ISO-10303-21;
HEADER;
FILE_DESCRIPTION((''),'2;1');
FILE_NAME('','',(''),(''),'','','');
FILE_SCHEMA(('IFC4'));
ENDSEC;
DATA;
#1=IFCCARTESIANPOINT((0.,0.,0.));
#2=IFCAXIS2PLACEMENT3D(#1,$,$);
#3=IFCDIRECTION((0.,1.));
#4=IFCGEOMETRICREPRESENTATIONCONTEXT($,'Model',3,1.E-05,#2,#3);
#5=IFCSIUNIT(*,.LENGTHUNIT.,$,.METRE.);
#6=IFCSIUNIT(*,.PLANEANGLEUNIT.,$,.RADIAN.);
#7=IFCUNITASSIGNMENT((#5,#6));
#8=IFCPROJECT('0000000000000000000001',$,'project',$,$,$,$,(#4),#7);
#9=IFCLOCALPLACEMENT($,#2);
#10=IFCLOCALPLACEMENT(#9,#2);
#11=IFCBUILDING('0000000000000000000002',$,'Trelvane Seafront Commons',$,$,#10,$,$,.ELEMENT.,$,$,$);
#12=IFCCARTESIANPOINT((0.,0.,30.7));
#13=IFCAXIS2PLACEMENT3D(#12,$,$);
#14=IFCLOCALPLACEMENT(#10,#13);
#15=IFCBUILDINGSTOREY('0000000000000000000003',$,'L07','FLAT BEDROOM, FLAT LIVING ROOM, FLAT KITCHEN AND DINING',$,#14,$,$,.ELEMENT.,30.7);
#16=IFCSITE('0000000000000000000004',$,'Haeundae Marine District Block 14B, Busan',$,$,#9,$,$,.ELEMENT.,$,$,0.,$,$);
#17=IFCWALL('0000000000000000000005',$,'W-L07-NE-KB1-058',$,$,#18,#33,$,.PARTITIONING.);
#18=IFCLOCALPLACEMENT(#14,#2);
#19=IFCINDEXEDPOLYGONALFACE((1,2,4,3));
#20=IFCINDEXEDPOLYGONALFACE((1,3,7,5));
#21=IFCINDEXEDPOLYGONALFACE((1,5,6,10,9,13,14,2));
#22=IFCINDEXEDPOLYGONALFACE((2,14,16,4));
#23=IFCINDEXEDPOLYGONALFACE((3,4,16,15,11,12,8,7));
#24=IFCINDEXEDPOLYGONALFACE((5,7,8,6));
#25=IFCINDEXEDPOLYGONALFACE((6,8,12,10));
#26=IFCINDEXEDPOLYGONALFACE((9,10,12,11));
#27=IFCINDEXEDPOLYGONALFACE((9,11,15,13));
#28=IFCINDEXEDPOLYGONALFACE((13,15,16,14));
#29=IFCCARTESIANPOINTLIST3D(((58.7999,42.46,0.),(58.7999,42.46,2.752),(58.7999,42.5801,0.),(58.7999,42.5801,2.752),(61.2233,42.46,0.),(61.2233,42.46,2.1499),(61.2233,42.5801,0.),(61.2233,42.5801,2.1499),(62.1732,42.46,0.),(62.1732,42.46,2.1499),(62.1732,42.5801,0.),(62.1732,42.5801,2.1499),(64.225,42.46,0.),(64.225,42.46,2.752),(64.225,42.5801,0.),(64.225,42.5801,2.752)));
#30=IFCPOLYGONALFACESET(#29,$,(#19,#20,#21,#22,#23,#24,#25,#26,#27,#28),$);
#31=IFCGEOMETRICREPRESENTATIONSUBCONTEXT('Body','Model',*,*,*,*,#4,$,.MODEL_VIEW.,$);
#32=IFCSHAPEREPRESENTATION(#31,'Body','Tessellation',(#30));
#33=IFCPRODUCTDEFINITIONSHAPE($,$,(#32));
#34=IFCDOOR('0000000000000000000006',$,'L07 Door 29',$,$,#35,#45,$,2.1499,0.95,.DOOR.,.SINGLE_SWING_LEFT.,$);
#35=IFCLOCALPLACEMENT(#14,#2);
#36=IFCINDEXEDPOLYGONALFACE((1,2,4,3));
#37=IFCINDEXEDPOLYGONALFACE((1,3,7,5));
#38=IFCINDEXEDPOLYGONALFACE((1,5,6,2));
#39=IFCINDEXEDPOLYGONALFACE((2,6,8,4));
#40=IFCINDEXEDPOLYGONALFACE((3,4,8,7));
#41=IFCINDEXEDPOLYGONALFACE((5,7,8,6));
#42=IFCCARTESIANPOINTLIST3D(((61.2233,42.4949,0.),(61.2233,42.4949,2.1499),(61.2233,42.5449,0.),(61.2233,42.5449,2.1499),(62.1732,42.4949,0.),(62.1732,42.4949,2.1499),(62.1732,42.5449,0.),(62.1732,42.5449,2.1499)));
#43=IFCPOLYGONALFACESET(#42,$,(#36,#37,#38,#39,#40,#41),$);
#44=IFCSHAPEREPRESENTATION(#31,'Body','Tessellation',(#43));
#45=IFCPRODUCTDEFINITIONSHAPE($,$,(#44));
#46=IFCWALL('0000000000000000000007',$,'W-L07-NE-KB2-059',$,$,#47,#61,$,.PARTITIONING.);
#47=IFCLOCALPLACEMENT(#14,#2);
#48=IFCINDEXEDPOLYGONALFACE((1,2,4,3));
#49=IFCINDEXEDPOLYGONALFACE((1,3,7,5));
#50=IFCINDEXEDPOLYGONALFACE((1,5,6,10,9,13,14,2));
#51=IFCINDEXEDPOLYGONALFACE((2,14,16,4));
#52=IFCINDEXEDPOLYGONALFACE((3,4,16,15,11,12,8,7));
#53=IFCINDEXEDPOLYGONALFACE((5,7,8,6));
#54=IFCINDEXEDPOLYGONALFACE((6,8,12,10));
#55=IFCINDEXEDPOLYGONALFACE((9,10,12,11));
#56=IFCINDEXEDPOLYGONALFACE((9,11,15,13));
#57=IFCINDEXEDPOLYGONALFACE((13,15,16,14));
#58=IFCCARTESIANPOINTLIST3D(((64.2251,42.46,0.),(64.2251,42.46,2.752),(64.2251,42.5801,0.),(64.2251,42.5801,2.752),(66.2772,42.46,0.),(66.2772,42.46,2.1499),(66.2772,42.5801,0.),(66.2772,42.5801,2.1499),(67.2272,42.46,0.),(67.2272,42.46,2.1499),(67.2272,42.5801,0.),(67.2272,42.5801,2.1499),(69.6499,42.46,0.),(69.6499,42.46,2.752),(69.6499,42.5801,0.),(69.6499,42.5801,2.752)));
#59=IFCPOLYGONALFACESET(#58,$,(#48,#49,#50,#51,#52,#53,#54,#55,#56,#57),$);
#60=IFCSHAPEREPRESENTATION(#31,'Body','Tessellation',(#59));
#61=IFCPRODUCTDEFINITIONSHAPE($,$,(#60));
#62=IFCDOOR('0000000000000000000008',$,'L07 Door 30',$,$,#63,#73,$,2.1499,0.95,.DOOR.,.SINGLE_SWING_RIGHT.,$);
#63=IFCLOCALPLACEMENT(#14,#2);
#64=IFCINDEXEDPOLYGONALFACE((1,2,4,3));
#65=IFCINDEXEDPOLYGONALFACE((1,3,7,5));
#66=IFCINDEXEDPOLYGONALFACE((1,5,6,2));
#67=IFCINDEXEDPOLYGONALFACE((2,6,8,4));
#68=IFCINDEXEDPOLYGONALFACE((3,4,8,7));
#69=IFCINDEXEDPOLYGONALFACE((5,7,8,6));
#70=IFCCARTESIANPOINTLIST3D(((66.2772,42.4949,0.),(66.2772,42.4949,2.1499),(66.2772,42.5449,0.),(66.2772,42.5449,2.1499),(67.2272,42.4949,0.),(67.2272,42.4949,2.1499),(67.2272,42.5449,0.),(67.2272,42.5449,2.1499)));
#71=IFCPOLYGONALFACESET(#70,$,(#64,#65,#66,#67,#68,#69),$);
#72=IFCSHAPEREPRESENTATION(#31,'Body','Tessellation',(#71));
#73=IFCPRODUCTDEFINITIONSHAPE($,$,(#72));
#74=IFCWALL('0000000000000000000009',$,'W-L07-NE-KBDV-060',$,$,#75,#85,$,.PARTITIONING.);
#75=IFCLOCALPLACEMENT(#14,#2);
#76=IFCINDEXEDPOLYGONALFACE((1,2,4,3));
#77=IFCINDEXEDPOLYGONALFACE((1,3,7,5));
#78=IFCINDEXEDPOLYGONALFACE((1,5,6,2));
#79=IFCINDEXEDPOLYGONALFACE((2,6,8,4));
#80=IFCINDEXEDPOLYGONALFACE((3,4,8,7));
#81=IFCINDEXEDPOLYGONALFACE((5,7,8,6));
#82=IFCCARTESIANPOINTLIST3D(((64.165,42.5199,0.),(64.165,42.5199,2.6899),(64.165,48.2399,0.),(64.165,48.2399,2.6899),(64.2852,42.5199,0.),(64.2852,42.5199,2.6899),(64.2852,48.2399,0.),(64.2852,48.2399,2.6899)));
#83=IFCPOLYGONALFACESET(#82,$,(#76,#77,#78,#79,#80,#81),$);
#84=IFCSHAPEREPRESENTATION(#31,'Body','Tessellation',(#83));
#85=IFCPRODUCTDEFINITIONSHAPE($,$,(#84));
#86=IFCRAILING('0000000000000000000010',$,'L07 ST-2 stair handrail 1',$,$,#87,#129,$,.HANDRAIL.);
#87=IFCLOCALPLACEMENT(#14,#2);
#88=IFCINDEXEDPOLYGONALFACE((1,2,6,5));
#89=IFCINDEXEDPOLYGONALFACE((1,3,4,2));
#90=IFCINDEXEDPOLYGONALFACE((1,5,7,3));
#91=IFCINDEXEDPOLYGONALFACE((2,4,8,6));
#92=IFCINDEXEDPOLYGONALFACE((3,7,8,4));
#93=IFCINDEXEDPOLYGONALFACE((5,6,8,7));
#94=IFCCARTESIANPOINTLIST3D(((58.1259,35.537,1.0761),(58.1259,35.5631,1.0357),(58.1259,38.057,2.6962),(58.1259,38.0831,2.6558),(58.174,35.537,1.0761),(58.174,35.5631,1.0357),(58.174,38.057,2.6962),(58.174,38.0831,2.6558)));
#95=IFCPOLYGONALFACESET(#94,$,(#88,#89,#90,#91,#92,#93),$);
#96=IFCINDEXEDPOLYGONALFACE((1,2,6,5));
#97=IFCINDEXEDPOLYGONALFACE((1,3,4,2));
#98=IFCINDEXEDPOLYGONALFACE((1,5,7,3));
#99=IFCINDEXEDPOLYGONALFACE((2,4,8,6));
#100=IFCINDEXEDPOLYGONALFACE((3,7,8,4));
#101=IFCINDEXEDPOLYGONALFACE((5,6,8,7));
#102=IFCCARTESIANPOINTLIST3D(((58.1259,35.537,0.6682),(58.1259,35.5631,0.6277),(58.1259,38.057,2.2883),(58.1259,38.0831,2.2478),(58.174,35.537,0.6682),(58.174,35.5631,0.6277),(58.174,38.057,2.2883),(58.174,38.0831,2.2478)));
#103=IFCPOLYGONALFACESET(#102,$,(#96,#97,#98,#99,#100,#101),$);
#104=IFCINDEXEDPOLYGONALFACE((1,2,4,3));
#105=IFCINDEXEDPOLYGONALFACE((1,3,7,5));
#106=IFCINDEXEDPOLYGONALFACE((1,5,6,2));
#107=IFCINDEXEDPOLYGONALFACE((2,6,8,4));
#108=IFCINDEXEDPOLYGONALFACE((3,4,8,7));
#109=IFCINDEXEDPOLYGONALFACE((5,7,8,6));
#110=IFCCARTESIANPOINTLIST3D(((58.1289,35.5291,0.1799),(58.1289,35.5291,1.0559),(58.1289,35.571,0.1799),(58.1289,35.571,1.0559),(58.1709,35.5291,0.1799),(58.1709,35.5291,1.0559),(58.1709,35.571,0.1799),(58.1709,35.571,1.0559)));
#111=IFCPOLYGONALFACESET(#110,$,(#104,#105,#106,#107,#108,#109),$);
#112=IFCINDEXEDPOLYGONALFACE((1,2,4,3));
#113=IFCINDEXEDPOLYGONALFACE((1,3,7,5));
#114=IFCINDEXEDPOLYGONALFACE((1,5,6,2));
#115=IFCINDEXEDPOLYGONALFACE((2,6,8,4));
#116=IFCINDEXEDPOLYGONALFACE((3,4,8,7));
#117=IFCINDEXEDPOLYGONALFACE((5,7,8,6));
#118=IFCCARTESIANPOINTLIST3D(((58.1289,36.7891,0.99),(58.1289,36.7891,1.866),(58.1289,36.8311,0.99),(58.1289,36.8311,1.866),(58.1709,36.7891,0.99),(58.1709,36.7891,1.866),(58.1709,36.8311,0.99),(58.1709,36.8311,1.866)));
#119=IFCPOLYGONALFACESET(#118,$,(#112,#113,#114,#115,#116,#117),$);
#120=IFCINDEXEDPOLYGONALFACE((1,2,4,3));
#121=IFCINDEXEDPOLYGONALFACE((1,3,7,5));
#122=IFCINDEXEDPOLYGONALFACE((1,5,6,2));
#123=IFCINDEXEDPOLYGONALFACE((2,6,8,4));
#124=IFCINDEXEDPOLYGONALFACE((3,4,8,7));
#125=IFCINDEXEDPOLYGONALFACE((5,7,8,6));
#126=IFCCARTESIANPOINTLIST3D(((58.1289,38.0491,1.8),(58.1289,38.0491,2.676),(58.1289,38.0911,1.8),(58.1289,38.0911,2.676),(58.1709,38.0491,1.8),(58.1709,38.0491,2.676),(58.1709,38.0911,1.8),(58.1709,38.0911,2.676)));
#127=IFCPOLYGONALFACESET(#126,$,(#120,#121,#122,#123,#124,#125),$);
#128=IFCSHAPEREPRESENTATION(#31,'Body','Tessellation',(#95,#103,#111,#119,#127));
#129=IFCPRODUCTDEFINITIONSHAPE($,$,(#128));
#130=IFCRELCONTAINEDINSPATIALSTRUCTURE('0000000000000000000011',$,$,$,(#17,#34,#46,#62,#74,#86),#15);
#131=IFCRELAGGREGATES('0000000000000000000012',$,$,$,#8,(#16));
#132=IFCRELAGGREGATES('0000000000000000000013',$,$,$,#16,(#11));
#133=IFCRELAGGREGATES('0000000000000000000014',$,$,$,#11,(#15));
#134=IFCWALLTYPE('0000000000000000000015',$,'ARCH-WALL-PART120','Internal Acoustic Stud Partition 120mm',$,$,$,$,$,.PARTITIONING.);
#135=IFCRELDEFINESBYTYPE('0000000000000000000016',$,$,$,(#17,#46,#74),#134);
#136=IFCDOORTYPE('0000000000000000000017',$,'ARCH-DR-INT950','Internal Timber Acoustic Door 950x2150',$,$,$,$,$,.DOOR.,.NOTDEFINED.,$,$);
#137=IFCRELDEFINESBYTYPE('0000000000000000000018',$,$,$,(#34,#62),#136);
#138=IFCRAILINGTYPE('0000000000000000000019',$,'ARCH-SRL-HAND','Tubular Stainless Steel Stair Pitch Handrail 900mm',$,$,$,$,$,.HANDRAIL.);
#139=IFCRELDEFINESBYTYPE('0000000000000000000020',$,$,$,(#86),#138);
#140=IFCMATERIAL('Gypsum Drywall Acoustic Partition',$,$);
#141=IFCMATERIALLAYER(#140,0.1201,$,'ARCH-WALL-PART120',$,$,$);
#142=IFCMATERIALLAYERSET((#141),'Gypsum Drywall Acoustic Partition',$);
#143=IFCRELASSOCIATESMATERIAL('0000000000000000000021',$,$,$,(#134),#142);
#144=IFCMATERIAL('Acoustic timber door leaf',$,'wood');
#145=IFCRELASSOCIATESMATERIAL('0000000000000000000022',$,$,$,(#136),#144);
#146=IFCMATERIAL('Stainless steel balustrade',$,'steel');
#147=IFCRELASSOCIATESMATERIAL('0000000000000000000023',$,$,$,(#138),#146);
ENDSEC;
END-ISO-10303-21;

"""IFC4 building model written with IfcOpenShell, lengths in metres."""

from ifc_helpers import new_model, si_unit, direction, frame, frame_2d, origin, origin_2d, place, context, subcontext, project, spatial, rectangle, extrude, source, transform, mapped, material, layer, layer_set, type_object, element, fill, save


model = new_model("IFC4")

# Units and contexts
model_context = context("Model", 3, precision=1e-05, world=origin(), true_north=direction((0.0, 1.0)))
body_context = subcontext(model_context, "Body", "Model", "MODEL_VIEW")
ifc_project = project(units=[si_unit("LENGTHUNIT", "METRE"), si_unit("PLANEANGLEUNIT", "RADIAN")], contexts=[model_context])

# Site, building, storey
site_placement = place(None, origin())
site = spatial("IfcSite", under=ifc_project, at=site_placement, Name="Haeundae Marine District Block 14B, Busan", CompositionType="ELEMENT", RefElevation=0.0)
building_placement = place(site_placement, origin())
building = spatial("IfcBuilding", under=site, at=building_placement, Name="Trelvane Seafront Commons", CompositionType="ELEMENT")
storey_placement = place(building_placement, frame((0.0, 0.0, 30.7)))
storey = spatial("IfcBuildingStorey", under=building, at=storey_placement, Name="L07", Description="FLAT BEDROOM, FLAT LIVING ROOM, FLAT KITCHEN AND DINING", CompositionType="ELEMENT", Elevation=30.7)

# Shared definitions
ifc_material_1 = material(Name="Gypsum Drywall Acoustic Partition")
ifc_layer_1 = layer(ifc_material_1, 0.1201, Name="ARCH-WALL-PART120")
ifc_layer_set_1 = layer_set([ifc_layer_1], Name="Gypsum Drywall Acoustic Partition")
wall_type_1 = type_object("IfcWallType", Name="ARCH-WALL-PART120", Description="Internal Acoustic Stud Partition 120mm", PredefinedType="PARTITIONING", material=ifc_layer_set_1)
ifc_material_2 = material(Name="Acoustic timber door leaf", Category="wood")

# Walls, openings, doors
wall_1_placement = place(storey_placement, frame((58.8, 42.52, 0.0), z_axis=(0.0, 0.0, 1.0), x_axis=(1.0, 0.0, 0.0)))
wall_1 = element("IfcWall", 1, at=wall_1_placement, inside=storey, type_object=wall_type_1, Name="W-L07-NE-KB1-058", PredefinedType="PARTITIONING", context=body_context, shape_type="SweptSolid", body=[
    extrude(rectangle(XDim=5.425, YDim=0.1201, at=frame_2d((2.7124, 0.0))), origin(), (0.0, 0.0, 1.0), 2.752),
])
opening_1_placement = place(wall_1_placement, frame((2.4231, 0.0, 0.0)))
opening_1 = element("IfcOpeningElement", 2, at=opening_1_placement, cuts=wall_1, PredefinedType="OPENING", context=body_context, shape_type="SweptSolid", body=[
    extrude(rectangle(XDim=0.95, YDim=2.1499, at=frame_2d((0.4751, 1.075))), frame((0.0, 0.0701, 0.0), z_axis=(0.0, -1.0, 0.0), x_axis=(1.0, 0.0, 0.0)), (0.0, 0.0, 1.0), 0.1401),
])
door_type_1 = type_object("IfcDoorType", Name="ARCH-DR-INT950", Description="Internal Timber Acoustic Door 950x2150", OperationType="NOTDEFINED", PredefinedType="DOOR", material=ifc_material_2)
shared_shape_1 = source(origin(), body_context, "Body", "SweptSolid", [
    extrude(rectangle(XDim=0.95, YDim=2.1499, at=frame_2d((0.4751, 1.075))), frame((0.0, 0.0249, 0.0), z_axis=(0.0, -1.0, 0.0), x_axis=(1.0, 0.0, 0.0)), (0.0, 0.0, 1.0), 0.05),
])
door_1_placement = place(opening_1_placement, origin())
door_1 = element("IfcDoor", 3, at=door_1_placement, inside=storey, type_object=door_type_1, Name="L07 Door 29", OperationType="SINGLE_SWING_LEFT", OverallHeight=2.1499, OverallWidth=0.95, PredefinedType="DOOR", context=body_context, shape_type="MappedRepresentation", body=[
    mapped(shared_shape_1, transform((0.0, 0.0, 0.0), x_axis=(1.0, 0.0, 0.0), y_axis=(0.0, 1.0, 0.0), z_axis=(0.0, 0.0, 1.0), scale=1.0)),
])
fill(opening_1, door_1)
wall_2_placement = place(storey_placement, frame((64.2251, 42.52, 0.0), z_axis=(0.0, 0.0, 1.0), x_axis=(1.0, 0.0, 0.0)))
wall_2 = element("IfcWall", 4, at=wall_2_placement, inside=storey, type_object=wall_type_1, Name="W-L07-NE-KB2-059", PredefinedType="PARTITIONING", context=body_context, shape_type="SweptSolid", body=[
    extrude(rectangle(XDim=5.4248, YDim=0.1201, at=frame_2d((2.7124, 0.0))), origin(), (0.0, 0.0, 1.0), 2.752),
])
opening_2_placement = place(wall_2_placement, frame((2.052, 0.0, 0.0)))
opening_2 = element("IfcOpeningElement", 5, at=opening_2_placement, cuts=wall_2, PredefinedType="OPENING", context=body_context, shape_type="SweptSolid", body=[
    extrude(rectangle(XDim=0.95, YDim=2.1499, at=frame_2d((0.4751, 1.075))), frame((0.0, 0.0701, 0.0), z_axis=(0.0, -1.0, 0.0), x_axis=(1.0, 0.0, 0.0)), (0.0, 0.0, 1.0), 0.1401),
])
door_2_placement = place(opening_2_placement, origin())
door_2 = element("IfcDoor", 6, at=door_2_placement, inside=storey, type_object=door_type_1, Name="L07 Door 30", OperationType="SINGLE_SWING_RIGHT", OverallHeight=2.1499, OverallWidth=0.95, PredefinedType="DOOR", context=body_context, shape_type="MappedRepresentation", body=[
    mapped(shared_shape_1, transform((0.0, 0.0, 0.0), x_axis=(1.0, 0.0, 0.0), y_axis=(0.0, 1.0, 0.0), z_axis=(0.0, 0.0, 1.0), scale=1.0)),
])
fill(opening_2, door_2)

# Wall
wall_3_placement = place(storey_placement, frame((64.2251, 42.52, 0.0), z_axis=(0.0, 0.0, 1.0), x_axis=(0.0, 1.0, 0.0)))
element("IfcWall", 7, at=wall_3_placement, inside=storey, type_object=wall_type_1, Name="W-L07-NE-KBDV-060", PredefinedType="PARTITIONING", context=body_context, shape_type="SweptSolid", body=[
    extrude(rectangle(XDim=5.72, YDim=0.1201, at=frame_2d((2.8599, 0.0))), origin(), (0.0, 0.0, 1.0), 2.6899),
])

# Railing
ifc_material_3 = material(Name="Stainless steel balustrade", Category="steel")
railing_type = type_object("IfcRailingType", Name="ARCH-SRL-HAND", Description="Tubular Stainless Steel Stair Pitch Handrail 900mm", PredefinedType="HANDRAIL", material=ifc_material_3)
railing_placement = place(storey_placement, frame((58.1499, 35.55, 0.1799)))
element("IfcRailing", 8, at=railing_placement, inside=storey, type_object=railing_type, Name="L07 ST-2 stair handrail 1", PredefinedType="HANDRAIL", context=body_context, shape_type="SweptSolid", body=[
    extrude(rectangle(XDim=0.0481, YDim=0.0481, at=origin_2d()), frame((0.0, 0.0, 0.876), z_axis=(0.0, 0.841163, 0.540782), x_axis=(-1.0, 0.0, 0.0)), (0.0, 0.0, 1.0), 2.9958),
    extrude(rectangle(XDim=0.0481, YDim=0.0481, at=origin_2d()), frame((0.0, 0.0, 0.468), z_axis=(0.0, 0.841163, 0.540782), x_axis=(-1.0, 0.0, 0.0)), (0.0, 0.0, 1.0), 2.9958),
    extrude(rectangle(XDim=0.042, YDim=0.042, at=origin_2d()), origin(), (0.0, 0.0, 1.0), 0.876),
    extrude(rectangle(XDim=0.042, YDim=0.042, at=origin_2d()), frame((0.0, 1.26, 0.8101)), (0.0, 0.0, 1.0), 0.876),
    extrude(rectangle(XDim=0.042, YDim=0.042, at=origin_2d()), frame((0.0, 2.52, 1.6201)), (0.0, 0.0, 1.0), 0.876),
])

save(model, "model.ifc")
